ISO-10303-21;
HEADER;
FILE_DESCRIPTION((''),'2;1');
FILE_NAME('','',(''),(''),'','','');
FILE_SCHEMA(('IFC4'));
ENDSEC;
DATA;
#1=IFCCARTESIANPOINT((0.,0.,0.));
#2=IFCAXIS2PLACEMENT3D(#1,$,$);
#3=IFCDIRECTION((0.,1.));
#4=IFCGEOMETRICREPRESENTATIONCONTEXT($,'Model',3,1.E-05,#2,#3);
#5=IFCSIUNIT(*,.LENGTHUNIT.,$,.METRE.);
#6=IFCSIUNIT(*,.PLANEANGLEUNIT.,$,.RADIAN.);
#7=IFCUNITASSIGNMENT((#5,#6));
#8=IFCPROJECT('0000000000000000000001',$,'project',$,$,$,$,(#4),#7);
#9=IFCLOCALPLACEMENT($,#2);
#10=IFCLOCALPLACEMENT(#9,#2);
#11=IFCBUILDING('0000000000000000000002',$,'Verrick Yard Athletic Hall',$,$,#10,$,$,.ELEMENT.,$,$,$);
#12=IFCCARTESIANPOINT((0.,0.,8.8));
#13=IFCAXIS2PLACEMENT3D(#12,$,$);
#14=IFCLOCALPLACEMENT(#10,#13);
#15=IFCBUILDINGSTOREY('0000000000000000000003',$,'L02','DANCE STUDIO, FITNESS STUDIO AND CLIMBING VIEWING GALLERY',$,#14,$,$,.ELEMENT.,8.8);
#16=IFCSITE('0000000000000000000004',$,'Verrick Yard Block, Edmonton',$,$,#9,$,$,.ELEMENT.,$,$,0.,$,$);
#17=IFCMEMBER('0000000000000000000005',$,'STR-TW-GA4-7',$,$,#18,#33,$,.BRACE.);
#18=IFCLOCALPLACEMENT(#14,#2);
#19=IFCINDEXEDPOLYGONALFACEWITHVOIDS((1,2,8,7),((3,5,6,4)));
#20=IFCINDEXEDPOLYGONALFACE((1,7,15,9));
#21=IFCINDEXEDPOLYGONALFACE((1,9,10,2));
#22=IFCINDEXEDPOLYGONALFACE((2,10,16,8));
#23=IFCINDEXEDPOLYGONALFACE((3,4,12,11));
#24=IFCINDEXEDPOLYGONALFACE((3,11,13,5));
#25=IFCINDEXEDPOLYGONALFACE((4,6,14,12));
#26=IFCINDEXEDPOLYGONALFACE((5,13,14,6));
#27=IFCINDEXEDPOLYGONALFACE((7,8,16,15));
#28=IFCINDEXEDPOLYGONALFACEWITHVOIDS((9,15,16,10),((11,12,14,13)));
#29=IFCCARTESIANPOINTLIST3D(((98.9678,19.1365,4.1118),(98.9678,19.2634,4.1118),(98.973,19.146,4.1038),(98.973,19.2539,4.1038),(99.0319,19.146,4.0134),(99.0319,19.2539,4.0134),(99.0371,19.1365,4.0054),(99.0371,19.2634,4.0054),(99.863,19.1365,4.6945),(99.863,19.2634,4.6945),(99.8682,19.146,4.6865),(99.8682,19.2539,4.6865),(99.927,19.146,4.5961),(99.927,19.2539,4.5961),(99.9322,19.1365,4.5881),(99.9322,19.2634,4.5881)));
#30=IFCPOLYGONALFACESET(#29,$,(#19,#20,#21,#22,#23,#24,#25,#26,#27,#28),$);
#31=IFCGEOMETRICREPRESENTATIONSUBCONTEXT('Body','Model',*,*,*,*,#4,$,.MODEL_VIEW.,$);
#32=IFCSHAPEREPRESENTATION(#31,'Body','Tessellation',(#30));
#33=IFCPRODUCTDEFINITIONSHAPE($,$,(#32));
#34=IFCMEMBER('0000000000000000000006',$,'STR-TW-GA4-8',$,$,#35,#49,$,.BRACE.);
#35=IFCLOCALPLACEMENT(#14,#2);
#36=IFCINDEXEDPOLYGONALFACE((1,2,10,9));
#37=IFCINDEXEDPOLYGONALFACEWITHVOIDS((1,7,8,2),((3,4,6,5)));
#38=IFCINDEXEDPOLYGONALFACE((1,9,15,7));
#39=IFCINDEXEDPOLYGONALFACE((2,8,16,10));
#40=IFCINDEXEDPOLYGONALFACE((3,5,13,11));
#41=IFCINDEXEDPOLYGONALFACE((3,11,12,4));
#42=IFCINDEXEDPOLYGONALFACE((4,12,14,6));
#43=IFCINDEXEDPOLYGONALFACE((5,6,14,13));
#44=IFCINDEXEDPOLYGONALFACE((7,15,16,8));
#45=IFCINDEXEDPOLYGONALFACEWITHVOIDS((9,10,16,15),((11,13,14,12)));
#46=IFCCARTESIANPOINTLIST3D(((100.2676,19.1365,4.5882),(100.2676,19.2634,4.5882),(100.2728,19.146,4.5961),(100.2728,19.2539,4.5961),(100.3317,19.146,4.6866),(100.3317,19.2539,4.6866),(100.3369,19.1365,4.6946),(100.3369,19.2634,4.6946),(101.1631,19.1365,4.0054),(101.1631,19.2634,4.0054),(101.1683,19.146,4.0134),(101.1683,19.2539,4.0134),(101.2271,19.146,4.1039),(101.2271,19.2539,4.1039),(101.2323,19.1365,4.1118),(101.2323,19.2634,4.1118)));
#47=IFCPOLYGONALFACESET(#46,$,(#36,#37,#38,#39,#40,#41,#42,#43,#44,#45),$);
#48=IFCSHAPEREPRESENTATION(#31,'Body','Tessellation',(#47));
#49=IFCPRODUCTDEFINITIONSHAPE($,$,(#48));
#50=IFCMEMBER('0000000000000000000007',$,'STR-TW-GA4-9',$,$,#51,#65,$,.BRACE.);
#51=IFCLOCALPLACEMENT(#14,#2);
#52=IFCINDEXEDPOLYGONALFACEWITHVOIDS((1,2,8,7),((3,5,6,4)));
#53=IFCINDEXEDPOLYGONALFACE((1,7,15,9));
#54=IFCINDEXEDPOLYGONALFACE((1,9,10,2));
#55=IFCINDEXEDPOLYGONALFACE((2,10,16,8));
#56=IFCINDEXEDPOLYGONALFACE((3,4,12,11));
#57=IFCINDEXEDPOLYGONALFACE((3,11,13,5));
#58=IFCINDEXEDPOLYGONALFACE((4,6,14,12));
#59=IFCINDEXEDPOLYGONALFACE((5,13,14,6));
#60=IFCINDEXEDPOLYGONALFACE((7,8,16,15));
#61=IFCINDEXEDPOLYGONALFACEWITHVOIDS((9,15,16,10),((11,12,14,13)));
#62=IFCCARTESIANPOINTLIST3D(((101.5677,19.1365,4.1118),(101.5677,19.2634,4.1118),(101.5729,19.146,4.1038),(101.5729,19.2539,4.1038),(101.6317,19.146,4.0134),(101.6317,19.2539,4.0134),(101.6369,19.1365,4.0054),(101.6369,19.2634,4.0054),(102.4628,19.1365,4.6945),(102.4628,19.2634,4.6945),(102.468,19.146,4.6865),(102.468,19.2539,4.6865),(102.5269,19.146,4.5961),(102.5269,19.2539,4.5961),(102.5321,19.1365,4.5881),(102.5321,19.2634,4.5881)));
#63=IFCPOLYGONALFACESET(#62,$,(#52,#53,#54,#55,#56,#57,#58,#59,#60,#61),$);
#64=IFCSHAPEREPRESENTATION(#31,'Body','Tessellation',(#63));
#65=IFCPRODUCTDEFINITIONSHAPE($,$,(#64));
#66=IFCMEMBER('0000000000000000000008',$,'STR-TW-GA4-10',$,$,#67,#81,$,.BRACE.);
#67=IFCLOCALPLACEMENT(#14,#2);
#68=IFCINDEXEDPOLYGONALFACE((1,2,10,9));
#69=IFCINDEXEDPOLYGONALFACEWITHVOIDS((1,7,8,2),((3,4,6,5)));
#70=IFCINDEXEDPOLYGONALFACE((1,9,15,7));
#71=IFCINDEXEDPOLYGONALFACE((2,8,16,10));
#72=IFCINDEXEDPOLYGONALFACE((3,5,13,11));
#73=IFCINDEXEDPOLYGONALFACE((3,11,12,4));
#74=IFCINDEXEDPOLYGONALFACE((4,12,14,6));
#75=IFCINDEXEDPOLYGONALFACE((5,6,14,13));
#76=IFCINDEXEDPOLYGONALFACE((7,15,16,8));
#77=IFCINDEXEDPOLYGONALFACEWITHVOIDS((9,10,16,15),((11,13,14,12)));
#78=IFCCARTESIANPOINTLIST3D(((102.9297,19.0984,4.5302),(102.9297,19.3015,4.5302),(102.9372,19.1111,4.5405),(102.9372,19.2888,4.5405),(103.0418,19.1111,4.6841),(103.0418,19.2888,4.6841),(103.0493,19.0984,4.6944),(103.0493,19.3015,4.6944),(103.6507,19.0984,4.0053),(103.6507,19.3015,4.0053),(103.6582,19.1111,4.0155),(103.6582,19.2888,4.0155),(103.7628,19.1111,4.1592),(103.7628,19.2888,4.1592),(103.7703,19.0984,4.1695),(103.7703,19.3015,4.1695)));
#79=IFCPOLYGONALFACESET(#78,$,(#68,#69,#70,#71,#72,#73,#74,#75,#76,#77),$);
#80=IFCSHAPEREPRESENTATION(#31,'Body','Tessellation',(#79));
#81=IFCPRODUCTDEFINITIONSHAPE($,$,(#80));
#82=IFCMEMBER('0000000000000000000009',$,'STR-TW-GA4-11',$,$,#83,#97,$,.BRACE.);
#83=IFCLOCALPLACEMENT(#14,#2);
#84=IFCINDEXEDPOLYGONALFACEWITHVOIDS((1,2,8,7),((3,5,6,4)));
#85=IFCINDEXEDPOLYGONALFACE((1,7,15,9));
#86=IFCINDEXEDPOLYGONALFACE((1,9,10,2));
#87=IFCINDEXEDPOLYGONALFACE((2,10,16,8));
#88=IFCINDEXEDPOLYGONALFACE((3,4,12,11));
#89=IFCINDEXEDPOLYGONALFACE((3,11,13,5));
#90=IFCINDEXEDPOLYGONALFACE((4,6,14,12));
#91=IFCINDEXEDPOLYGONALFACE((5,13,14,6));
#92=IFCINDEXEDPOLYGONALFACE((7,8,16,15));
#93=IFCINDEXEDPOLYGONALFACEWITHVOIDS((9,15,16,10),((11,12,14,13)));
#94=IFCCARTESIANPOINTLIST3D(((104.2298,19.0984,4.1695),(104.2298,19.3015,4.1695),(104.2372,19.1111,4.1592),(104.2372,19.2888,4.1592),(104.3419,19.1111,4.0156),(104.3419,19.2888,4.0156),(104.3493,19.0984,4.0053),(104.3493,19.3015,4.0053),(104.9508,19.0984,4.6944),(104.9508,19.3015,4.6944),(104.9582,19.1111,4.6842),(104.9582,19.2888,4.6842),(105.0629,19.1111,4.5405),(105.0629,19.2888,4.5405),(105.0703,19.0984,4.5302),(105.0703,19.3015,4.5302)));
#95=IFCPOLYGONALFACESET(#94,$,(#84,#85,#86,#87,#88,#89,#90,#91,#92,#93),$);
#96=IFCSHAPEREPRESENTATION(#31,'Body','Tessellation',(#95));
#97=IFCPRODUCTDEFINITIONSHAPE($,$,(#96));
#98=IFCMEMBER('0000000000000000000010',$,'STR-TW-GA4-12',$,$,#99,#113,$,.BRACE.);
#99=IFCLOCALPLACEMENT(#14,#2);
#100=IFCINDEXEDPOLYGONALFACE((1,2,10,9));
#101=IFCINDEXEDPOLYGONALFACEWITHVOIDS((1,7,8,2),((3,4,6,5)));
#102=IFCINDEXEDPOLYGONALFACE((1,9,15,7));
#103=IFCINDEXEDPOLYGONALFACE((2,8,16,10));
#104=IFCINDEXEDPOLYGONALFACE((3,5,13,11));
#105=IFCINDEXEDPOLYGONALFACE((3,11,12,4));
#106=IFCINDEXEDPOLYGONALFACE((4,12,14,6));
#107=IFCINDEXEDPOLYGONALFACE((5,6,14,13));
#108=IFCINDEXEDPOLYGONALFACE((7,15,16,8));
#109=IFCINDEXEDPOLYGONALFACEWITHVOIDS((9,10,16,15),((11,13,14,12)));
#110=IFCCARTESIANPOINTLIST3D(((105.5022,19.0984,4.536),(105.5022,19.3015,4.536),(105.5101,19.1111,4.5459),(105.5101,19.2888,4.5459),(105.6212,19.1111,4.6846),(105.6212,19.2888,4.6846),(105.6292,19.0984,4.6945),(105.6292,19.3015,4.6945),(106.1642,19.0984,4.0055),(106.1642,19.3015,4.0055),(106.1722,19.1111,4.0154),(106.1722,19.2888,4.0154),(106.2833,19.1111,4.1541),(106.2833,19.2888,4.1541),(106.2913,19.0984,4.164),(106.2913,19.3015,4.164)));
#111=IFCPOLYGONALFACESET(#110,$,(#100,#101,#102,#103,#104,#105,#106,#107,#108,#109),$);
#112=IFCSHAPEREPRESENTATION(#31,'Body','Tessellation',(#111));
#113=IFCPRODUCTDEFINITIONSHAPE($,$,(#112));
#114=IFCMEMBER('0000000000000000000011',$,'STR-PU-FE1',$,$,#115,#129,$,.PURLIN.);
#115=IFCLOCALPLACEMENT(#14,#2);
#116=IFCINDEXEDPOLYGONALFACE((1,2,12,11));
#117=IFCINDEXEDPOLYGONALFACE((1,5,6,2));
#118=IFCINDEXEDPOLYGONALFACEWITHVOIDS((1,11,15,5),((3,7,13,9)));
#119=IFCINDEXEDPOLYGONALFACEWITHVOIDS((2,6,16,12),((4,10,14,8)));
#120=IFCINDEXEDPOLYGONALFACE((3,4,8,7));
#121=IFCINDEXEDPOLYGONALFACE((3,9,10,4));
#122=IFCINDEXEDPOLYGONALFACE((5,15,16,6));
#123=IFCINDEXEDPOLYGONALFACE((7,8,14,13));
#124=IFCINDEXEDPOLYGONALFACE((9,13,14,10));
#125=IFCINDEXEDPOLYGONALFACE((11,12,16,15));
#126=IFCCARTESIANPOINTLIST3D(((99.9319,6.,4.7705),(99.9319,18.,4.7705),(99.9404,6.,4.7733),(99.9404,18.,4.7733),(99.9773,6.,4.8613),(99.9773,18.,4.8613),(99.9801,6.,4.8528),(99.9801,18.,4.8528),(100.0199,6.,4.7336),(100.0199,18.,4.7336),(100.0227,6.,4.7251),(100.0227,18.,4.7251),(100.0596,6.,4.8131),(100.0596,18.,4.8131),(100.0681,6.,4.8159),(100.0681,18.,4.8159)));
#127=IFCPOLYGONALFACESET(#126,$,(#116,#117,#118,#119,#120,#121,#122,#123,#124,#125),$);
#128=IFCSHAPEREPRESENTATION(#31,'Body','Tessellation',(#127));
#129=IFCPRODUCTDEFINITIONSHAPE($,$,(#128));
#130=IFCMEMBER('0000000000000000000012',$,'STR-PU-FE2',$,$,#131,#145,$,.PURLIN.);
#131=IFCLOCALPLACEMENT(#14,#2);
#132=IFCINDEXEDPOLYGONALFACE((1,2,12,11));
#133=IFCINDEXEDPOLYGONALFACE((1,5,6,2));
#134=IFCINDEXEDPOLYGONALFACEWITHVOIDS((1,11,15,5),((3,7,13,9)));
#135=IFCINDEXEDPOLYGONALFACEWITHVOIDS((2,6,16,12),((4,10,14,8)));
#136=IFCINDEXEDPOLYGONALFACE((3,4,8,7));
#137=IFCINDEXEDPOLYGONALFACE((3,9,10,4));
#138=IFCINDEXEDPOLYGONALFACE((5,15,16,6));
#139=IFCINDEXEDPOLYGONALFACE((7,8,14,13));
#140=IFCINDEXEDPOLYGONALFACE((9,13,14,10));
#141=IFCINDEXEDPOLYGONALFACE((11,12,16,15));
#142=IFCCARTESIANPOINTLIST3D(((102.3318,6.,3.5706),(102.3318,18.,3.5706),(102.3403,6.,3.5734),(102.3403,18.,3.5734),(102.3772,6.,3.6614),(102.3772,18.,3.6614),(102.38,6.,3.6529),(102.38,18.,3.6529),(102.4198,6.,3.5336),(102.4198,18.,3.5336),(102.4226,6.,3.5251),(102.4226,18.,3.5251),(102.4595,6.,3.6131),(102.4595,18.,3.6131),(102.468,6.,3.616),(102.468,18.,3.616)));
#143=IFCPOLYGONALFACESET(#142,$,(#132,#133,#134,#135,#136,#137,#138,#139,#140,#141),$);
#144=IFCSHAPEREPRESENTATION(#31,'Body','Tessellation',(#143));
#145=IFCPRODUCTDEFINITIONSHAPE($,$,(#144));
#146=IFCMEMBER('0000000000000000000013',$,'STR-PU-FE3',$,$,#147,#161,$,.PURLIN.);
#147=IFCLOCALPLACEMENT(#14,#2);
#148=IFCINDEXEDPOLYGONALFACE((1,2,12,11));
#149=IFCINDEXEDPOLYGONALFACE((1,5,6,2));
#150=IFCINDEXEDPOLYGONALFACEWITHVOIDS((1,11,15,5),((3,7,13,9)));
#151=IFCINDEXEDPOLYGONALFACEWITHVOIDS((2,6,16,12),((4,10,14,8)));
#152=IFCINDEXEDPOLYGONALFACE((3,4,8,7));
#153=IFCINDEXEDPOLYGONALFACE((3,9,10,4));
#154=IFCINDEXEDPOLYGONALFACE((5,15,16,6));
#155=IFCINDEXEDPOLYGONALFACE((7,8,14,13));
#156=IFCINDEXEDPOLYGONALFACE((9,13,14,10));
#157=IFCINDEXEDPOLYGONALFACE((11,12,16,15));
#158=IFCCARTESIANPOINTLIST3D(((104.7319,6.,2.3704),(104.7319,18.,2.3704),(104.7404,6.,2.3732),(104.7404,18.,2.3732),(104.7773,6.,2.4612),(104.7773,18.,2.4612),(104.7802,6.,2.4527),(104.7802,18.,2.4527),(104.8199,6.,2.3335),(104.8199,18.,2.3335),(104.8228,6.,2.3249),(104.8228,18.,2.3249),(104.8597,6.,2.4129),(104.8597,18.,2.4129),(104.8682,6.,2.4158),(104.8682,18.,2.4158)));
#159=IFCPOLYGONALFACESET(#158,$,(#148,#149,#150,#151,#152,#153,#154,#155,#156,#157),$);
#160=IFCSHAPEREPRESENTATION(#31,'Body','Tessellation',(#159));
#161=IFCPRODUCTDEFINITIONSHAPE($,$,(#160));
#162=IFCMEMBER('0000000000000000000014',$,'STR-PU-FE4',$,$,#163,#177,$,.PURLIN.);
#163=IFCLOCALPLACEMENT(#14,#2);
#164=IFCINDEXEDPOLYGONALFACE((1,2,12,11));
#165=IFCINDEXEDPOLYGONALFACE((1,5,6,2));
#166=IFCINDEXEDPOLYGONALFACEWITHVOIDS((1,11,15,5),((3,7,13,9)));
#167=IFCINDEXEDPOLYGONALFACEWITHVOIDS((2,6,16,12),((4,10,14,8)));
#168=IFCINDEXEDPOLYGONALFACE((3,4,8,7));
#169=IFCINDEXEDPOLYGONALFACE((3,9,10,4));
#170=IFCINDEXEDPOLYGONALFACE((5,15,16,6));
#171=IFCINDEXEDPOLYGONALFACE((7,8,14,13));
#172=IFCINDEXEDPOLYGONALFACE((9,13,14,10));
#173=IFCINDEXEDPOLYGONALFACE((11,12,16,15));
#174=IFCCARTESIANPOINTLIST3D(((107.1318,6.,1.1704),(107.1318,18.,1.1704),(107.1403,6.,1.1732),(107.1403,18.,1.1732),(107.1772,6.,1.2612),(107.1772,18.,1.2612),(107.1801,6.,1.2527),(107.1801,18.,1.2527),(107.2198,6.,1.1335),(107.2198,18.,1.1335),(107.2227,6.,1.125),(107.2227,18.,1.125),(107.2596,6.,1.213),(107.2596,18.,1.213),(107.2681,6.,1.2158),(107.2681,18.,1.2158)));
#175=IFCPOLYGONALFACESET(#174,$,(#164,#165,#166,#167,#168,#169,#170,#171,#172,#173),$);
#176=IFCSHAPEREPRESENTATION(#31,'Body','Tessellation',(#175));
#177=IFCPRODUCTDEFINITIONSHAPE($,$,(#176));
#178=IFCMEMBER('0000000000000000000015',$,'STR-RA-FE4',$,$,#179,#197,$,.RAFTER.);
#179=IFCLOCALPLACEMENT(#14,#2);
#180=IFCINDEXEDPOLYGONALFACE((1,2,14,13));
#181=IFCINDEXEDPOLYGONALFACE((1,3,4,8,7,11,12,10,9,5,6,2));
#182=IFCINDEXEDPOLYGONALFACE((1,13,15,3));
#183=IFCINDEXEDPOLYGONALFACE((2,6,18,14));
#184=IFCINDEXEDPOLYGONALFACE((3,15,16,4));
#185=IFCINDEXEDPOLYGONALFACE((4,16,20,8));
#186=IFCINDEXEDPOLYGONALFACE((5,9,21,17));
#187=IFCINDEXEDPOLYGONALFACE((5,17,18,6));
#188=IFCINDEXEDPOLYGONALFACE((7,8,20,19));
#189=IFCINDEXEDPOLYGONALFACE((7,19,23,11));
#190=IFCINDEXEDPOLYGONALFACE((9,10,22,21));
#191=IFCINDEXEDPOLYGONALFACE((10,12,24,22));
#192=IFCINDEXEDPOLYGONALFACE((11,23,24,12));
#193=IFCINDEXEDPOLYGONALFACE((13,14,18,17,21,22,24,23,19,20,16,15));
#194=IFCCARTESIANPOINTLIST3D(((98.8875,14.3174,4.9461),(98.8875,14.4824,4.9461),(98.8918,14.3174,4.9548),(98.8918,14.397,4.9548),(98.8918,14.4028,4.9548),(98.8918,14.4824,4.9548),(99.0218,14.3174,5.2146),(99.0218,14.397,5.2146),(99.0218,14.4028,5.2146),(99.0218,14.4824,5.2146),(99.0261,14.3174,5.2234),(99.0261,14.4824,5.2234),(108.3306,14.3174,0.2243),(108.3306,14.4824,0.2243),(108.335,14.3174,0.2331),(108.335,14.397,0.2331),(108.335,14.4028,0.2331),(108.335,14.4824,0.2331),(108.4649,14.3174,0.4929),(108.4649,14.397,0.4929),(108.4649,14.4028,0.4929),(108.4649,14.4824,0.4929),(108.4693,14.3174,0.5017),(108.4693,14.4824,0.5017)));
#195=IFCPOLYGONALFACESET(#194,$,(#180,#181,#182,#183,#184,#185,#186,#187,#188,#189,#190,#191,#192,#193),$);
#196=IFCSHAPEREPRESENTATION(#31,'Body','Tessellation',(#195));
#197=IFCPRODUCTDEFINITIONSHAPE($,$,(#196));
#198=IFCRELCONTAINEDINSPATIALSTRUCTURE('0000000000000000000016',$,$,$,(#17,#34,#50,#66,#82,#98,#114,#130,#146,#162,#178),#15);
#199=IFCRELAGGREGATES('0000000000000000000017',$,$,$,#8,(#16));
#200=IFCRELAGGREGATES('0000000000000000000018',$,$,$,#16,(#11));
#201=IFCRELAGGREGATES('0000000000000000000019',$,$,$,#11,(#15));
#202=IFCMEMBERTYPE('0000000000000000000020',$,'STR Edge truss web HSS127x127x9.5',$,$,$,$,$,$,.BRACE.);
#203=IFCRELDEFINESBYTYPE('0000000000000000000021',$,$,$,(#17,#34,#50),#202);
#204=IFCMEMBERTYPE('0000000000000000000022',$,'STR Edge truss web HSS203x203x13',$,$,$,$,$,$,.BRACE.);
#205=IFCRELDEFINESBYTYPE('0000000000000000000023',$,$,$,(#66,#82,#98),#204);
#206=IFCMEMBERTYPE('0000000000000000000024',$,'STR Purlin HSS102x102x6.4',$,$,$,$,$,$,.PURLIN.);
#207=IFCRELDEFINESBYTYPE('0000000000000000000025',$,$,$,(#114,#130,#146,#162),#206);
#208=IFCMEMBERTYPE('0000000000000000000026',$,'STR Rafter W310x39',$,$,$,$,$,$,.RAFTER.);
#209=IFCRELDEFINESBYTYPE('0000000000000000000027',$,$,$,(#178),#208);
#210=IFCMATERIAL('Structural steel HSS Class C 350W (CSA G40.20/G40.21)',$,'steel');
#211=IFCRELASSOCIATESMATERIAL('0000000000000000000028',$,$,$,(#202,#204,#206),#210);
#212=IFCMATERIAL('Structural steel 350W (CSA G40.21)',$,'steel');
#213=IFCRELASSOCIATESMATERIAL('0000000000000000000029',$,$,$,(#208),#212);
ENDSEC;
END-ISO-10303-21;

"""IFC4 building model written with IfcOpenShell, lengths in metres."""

from ifc_helpers import new_model, si_unit, direction, frame, origin, origin_2d, place, context, subcontext, project, spatial, hollow_rectangle, i_section, extrude, material, material_profile, profile_set, type_object, element, save


model = new_model("IFC4")

# Units and contexts
model_context = context("Model", 3, precision=1e-05, world=origin(), true_north=direction((0.0, 1.0)))
body_context = subcontext(model_context, "Body", "Model", "MODEL_VIEW")
ifc_project = project(units=[si_unit("LENGTHUNIT", "METRE"), si_unit("PLANEANGLEUNIT", "RADIAN")], contexts=[model_context])

# Site, building, storey
site_placement = place(None, origin())
site = spatial("IfcSite", under=ifc_project, at=site_placement, Name="Verrick Yard Block, Edmonton", CompositionType="ELEMENT", RefElevation=0.0)
building_placement = place(site_placement, origin())
building = spatial("IfcBuilding", under=site, at=building_placement, Name="Verrick Yard Athletic Hall", CompositionType="ELEMENT")
storey_placement = place(building_placement, frame((0.0, 0.0, 8.8)))
storey = spatial("IfcBuildingStorey", under=building, at=storey_placement, Name="L02", Description="DANCE STUDIO, FITNESS STUDIO AND CLIMBING VIEWING GALLERY", CompositionType="ELEMENT", Elevation=8.8)

# Shared definitions
ifc_material_1 = material(Name="Structural steel 350W (CSA G40.21)", Category="steel")

# Members
ifc_material_2 = material(Name="Structural steel HSS Class C 350W (CSA G40.20/G40.21)", Category="steel")
ifc_material_profile_1 = material_profile(ifc_material_2, hollow_rectangle(XDim=0.127, YDim=0.127, WallThickness=0.0095, at=origin_2d()), Name="HSS127x127x9.5")
ifc_profile_set_1 = profile_set([ifc_material_profile_1], Name="Structural steel HSS Class C 350W (CSA G40.20/G40.21)")
member_type_1 = type_object("IfcMemberType", Name="STR Edge truss web HSS127x127x9.5", PredefinedType="BRACE", material=ifc_profile_set_1)
member_1_placement = place(storey_placement, frame((99.0024, 19.2, 4.0586), z_axis=(0.838083, 0.0, 0.545543), x_axis=(0.0, 1.0, 0.0)))
element("IfcMember", 1, at=member_1_placement, inside=storey, type_object=member_type_1, Name="STR-TW-GA4-7", PredefinedType="BRACE", context=body_context, shape_type="SweptSolid", body=[
    extrude(hollow_rectangle(XDim=0.127, YDim=0.127, WallThickness=0.0095, at=origin_2d()), origin(), (0.0, 0.0, 1.0), 1.0681),
])
member_2_placement = place(storey_placement, frame((100.3022, 19.2, 4.6414), z_axis=(0.838151, 0.0, -0.545438), x_axis=(0.0, 1.0, 0.0)))
element("IfcMember", 2, at=member_2_placement, inside=storey, type_object=member_type_1, Name="STR-TW-GA4-8", PredefinedType="BRACE", context=body_context, shape_type="SweptSolid", body=[
    extrude(hollow_rectangle(XDim=0.127, YDim=0.127, WallThickness=0.0095, at=origin_2d()), origin(), (0.0, 0.0, 1.0), 1.0684),
])
member_3_placement = place(storey_placement, frame((101.6023, 19.2, 4.0586), z_axis=(0.838083, 0.0, 0.545543), x_axis=(0.0, 1.0, 0.0)))
element("IfcMember", 3, at=member_3_placement, inside=storey, type_object=member_type_1, Name="STR-TW-GA4-9", PredefinedType="BRACE", context=body_context, shape_type="SweptSolid", body=[
    extrude(hollow_rectangle(XDim=0.127, YDim=0.127, WallThickness=0.0095, at=origin_2d()), origin(), (0.0, 0.0, 1.0), 1.0681),
])
ifc_material_profile_2 = material_profile(ifc_material_2, hollow_rectangle(XDim=0.2031, YDim=0.2031, WallThickness=0.0127, at=origin_2d()), Name="HSS203x203x13")
ifc_profile_set_2 = profile_set([ifc_material_profile_2], Name="Structural steel HSS Class C 350W (CSA G40.20/G40.21)")
member_type_2 = type_object("IfcMemberType", Name="STR Edge truss web HSS203x203x13", PredefinedType="BRACE", material=ifc_profile_set_2)
for number, where, z_axis, x_axis, name in (
    (4, (102.9895, 19.2, 4.6123), (0.808428, 0.0, -0.588595), (0.0, 1.0, 0.0), "STR-TW-GA4-10"),
    (5, (104.2896, 19.2, 4.0874), (0.808428, 0.0, 0.588595), (0.0, 1.0, 0.0), "STR-TW-GA4-11"),
):
    element("IfcMember", number, at=place(storey_placement, frame(where, z_axis=z_axis, x_axis=x_axis)), inside=storey, type_object=member_type_2, Name=name, PredefinedType="BRACE", context=body_context, shape_type="SweptSolid", body=[
        extrude(hollow_rectangle(XDim=0.2031, YDim=0.2031, WallThickness=0.0127, at=origin_2d()), origin(), (0.0, 0.0, 1.0), 0.8918),
    ])
member_4_placement = place(storey_placement, frame((105.5657, 19.2, 4.6152), z_axis=(0.780391, 0.0, -0.625291), x_axis=(0.0, 1.0, 0.0)))
element("IfcMember", 6, at=member_4_placement, inside=storey, type_object=member_type_2, Name="STR-TW-GA4-12", PredefinedType="BRACE", context=body_context, shape_type="SweptSolid", body=[
    extrude(hollow_rectangle(XDim=0.2031, YDim=0.2031, WallThickness=0.0127, at=origin_2d()), origin(), (0.0, 0.0, 1.0), 0.8484),
])
ifc_material_profile_3 = material_profile(ifc_material_2, hollow_rectangle(XDim=0.1016, YDim=0.1016, WallThickness=0.0063, at=origin_2d()), Name="HSS102x102x6.4")
ifc_profile_set_3 = profile_set([ifc_material_profile_3], Name="Structural steel HSS Class C 350W (CSA G40.20/G40.21)")
member_type_3 = type_object("IfcMemberType", Name="STR Purlin HSS102x102x6.4", PredefinedType="PURLIN", material=ifc_profile_set_3)
for number, where, z_axis, x_axis, name in (
    (7, (100.0, 6.0, 4.7932), (0.0, 1.0, 0.0), (-0.894427, 0.0, 0.447214), "STR-PU-FE1"),
    (8, (102.3999, 6.0, 3.5933), (0.0, 1.0, 0.0), (-0.894427, 0.0, 0.447214), "STR-PU-FE2"),
    (9, (104.8, 6.0, 2.3931), (0.0, 1.0, 0.0), (-0.894427, 0.0, 0.447214), "STR-PU-FE3"),
    (10, (107.2, 6.0, 1.1931), (0.0, 1.0, 0.0), (-0.894427, 0.0, 0.447214), "STR-PU-FE4"),
):
    element("IfcMember", number, at=place(storey_placement, frame(where, z_axis=z_axis, x_axis=x_axis)), inside=storey, type_object=member_type_3, Name=name, PredefinedType="PURLIN", context=body_context, shape_type="SweptSolid", body=[
        extrude(hollow_rectangle(XDim=0.1016, YDim=0.1016, WallThickness=0.0063, at=origin_2d()), origin(), (0.0, 0.0, 1.0), 12.0),
    ])
ifc_material_profile_4 = material_profile(ifc_material_1, i_section(OverallWidth=0.165, OverallDepth=0.3101, WebThickness=0.0059, FlangeThickness=0.0098, at=origin_2d()), Name="W310x39")
ifc_profile_set_4 = profile_set([ifc_material_profile_4], Name="Structural steel 350W (CSA G40.21)")
member_type_4 = type_object("IfcMemberType", Name="STR Rafter W310x39", PredefinedType="RAFTER", material=ifc_profile_set_4)
for number, where, z_axis, x_axis, name in (
    (11, (98.9568, 14.3999, 5.0847), (0.894423, 0.0, -0.447223), (0.0, 1.0, 0.0), "STR-RA-FE4"),
):
    element("IfcMember", number, at=place(storey_placement, frame(where, z_axis=z_axis, x_axis=x_axis)), inside=storey, type_object=member_type_4, Name=name, PredefinedType="RAFTER", context=body_context, shape_type="SweptSolid", body=[
        extrude(i_section(OverallWidth=0.165, OverallDepth=0.3101, WebThickness=0.0059, FlangeThickness=0.0098, at=origin_2d()), origin(), (0.0, 0.0, 1.0), 10.5579),
    ])

save(model, "model.ifc")
